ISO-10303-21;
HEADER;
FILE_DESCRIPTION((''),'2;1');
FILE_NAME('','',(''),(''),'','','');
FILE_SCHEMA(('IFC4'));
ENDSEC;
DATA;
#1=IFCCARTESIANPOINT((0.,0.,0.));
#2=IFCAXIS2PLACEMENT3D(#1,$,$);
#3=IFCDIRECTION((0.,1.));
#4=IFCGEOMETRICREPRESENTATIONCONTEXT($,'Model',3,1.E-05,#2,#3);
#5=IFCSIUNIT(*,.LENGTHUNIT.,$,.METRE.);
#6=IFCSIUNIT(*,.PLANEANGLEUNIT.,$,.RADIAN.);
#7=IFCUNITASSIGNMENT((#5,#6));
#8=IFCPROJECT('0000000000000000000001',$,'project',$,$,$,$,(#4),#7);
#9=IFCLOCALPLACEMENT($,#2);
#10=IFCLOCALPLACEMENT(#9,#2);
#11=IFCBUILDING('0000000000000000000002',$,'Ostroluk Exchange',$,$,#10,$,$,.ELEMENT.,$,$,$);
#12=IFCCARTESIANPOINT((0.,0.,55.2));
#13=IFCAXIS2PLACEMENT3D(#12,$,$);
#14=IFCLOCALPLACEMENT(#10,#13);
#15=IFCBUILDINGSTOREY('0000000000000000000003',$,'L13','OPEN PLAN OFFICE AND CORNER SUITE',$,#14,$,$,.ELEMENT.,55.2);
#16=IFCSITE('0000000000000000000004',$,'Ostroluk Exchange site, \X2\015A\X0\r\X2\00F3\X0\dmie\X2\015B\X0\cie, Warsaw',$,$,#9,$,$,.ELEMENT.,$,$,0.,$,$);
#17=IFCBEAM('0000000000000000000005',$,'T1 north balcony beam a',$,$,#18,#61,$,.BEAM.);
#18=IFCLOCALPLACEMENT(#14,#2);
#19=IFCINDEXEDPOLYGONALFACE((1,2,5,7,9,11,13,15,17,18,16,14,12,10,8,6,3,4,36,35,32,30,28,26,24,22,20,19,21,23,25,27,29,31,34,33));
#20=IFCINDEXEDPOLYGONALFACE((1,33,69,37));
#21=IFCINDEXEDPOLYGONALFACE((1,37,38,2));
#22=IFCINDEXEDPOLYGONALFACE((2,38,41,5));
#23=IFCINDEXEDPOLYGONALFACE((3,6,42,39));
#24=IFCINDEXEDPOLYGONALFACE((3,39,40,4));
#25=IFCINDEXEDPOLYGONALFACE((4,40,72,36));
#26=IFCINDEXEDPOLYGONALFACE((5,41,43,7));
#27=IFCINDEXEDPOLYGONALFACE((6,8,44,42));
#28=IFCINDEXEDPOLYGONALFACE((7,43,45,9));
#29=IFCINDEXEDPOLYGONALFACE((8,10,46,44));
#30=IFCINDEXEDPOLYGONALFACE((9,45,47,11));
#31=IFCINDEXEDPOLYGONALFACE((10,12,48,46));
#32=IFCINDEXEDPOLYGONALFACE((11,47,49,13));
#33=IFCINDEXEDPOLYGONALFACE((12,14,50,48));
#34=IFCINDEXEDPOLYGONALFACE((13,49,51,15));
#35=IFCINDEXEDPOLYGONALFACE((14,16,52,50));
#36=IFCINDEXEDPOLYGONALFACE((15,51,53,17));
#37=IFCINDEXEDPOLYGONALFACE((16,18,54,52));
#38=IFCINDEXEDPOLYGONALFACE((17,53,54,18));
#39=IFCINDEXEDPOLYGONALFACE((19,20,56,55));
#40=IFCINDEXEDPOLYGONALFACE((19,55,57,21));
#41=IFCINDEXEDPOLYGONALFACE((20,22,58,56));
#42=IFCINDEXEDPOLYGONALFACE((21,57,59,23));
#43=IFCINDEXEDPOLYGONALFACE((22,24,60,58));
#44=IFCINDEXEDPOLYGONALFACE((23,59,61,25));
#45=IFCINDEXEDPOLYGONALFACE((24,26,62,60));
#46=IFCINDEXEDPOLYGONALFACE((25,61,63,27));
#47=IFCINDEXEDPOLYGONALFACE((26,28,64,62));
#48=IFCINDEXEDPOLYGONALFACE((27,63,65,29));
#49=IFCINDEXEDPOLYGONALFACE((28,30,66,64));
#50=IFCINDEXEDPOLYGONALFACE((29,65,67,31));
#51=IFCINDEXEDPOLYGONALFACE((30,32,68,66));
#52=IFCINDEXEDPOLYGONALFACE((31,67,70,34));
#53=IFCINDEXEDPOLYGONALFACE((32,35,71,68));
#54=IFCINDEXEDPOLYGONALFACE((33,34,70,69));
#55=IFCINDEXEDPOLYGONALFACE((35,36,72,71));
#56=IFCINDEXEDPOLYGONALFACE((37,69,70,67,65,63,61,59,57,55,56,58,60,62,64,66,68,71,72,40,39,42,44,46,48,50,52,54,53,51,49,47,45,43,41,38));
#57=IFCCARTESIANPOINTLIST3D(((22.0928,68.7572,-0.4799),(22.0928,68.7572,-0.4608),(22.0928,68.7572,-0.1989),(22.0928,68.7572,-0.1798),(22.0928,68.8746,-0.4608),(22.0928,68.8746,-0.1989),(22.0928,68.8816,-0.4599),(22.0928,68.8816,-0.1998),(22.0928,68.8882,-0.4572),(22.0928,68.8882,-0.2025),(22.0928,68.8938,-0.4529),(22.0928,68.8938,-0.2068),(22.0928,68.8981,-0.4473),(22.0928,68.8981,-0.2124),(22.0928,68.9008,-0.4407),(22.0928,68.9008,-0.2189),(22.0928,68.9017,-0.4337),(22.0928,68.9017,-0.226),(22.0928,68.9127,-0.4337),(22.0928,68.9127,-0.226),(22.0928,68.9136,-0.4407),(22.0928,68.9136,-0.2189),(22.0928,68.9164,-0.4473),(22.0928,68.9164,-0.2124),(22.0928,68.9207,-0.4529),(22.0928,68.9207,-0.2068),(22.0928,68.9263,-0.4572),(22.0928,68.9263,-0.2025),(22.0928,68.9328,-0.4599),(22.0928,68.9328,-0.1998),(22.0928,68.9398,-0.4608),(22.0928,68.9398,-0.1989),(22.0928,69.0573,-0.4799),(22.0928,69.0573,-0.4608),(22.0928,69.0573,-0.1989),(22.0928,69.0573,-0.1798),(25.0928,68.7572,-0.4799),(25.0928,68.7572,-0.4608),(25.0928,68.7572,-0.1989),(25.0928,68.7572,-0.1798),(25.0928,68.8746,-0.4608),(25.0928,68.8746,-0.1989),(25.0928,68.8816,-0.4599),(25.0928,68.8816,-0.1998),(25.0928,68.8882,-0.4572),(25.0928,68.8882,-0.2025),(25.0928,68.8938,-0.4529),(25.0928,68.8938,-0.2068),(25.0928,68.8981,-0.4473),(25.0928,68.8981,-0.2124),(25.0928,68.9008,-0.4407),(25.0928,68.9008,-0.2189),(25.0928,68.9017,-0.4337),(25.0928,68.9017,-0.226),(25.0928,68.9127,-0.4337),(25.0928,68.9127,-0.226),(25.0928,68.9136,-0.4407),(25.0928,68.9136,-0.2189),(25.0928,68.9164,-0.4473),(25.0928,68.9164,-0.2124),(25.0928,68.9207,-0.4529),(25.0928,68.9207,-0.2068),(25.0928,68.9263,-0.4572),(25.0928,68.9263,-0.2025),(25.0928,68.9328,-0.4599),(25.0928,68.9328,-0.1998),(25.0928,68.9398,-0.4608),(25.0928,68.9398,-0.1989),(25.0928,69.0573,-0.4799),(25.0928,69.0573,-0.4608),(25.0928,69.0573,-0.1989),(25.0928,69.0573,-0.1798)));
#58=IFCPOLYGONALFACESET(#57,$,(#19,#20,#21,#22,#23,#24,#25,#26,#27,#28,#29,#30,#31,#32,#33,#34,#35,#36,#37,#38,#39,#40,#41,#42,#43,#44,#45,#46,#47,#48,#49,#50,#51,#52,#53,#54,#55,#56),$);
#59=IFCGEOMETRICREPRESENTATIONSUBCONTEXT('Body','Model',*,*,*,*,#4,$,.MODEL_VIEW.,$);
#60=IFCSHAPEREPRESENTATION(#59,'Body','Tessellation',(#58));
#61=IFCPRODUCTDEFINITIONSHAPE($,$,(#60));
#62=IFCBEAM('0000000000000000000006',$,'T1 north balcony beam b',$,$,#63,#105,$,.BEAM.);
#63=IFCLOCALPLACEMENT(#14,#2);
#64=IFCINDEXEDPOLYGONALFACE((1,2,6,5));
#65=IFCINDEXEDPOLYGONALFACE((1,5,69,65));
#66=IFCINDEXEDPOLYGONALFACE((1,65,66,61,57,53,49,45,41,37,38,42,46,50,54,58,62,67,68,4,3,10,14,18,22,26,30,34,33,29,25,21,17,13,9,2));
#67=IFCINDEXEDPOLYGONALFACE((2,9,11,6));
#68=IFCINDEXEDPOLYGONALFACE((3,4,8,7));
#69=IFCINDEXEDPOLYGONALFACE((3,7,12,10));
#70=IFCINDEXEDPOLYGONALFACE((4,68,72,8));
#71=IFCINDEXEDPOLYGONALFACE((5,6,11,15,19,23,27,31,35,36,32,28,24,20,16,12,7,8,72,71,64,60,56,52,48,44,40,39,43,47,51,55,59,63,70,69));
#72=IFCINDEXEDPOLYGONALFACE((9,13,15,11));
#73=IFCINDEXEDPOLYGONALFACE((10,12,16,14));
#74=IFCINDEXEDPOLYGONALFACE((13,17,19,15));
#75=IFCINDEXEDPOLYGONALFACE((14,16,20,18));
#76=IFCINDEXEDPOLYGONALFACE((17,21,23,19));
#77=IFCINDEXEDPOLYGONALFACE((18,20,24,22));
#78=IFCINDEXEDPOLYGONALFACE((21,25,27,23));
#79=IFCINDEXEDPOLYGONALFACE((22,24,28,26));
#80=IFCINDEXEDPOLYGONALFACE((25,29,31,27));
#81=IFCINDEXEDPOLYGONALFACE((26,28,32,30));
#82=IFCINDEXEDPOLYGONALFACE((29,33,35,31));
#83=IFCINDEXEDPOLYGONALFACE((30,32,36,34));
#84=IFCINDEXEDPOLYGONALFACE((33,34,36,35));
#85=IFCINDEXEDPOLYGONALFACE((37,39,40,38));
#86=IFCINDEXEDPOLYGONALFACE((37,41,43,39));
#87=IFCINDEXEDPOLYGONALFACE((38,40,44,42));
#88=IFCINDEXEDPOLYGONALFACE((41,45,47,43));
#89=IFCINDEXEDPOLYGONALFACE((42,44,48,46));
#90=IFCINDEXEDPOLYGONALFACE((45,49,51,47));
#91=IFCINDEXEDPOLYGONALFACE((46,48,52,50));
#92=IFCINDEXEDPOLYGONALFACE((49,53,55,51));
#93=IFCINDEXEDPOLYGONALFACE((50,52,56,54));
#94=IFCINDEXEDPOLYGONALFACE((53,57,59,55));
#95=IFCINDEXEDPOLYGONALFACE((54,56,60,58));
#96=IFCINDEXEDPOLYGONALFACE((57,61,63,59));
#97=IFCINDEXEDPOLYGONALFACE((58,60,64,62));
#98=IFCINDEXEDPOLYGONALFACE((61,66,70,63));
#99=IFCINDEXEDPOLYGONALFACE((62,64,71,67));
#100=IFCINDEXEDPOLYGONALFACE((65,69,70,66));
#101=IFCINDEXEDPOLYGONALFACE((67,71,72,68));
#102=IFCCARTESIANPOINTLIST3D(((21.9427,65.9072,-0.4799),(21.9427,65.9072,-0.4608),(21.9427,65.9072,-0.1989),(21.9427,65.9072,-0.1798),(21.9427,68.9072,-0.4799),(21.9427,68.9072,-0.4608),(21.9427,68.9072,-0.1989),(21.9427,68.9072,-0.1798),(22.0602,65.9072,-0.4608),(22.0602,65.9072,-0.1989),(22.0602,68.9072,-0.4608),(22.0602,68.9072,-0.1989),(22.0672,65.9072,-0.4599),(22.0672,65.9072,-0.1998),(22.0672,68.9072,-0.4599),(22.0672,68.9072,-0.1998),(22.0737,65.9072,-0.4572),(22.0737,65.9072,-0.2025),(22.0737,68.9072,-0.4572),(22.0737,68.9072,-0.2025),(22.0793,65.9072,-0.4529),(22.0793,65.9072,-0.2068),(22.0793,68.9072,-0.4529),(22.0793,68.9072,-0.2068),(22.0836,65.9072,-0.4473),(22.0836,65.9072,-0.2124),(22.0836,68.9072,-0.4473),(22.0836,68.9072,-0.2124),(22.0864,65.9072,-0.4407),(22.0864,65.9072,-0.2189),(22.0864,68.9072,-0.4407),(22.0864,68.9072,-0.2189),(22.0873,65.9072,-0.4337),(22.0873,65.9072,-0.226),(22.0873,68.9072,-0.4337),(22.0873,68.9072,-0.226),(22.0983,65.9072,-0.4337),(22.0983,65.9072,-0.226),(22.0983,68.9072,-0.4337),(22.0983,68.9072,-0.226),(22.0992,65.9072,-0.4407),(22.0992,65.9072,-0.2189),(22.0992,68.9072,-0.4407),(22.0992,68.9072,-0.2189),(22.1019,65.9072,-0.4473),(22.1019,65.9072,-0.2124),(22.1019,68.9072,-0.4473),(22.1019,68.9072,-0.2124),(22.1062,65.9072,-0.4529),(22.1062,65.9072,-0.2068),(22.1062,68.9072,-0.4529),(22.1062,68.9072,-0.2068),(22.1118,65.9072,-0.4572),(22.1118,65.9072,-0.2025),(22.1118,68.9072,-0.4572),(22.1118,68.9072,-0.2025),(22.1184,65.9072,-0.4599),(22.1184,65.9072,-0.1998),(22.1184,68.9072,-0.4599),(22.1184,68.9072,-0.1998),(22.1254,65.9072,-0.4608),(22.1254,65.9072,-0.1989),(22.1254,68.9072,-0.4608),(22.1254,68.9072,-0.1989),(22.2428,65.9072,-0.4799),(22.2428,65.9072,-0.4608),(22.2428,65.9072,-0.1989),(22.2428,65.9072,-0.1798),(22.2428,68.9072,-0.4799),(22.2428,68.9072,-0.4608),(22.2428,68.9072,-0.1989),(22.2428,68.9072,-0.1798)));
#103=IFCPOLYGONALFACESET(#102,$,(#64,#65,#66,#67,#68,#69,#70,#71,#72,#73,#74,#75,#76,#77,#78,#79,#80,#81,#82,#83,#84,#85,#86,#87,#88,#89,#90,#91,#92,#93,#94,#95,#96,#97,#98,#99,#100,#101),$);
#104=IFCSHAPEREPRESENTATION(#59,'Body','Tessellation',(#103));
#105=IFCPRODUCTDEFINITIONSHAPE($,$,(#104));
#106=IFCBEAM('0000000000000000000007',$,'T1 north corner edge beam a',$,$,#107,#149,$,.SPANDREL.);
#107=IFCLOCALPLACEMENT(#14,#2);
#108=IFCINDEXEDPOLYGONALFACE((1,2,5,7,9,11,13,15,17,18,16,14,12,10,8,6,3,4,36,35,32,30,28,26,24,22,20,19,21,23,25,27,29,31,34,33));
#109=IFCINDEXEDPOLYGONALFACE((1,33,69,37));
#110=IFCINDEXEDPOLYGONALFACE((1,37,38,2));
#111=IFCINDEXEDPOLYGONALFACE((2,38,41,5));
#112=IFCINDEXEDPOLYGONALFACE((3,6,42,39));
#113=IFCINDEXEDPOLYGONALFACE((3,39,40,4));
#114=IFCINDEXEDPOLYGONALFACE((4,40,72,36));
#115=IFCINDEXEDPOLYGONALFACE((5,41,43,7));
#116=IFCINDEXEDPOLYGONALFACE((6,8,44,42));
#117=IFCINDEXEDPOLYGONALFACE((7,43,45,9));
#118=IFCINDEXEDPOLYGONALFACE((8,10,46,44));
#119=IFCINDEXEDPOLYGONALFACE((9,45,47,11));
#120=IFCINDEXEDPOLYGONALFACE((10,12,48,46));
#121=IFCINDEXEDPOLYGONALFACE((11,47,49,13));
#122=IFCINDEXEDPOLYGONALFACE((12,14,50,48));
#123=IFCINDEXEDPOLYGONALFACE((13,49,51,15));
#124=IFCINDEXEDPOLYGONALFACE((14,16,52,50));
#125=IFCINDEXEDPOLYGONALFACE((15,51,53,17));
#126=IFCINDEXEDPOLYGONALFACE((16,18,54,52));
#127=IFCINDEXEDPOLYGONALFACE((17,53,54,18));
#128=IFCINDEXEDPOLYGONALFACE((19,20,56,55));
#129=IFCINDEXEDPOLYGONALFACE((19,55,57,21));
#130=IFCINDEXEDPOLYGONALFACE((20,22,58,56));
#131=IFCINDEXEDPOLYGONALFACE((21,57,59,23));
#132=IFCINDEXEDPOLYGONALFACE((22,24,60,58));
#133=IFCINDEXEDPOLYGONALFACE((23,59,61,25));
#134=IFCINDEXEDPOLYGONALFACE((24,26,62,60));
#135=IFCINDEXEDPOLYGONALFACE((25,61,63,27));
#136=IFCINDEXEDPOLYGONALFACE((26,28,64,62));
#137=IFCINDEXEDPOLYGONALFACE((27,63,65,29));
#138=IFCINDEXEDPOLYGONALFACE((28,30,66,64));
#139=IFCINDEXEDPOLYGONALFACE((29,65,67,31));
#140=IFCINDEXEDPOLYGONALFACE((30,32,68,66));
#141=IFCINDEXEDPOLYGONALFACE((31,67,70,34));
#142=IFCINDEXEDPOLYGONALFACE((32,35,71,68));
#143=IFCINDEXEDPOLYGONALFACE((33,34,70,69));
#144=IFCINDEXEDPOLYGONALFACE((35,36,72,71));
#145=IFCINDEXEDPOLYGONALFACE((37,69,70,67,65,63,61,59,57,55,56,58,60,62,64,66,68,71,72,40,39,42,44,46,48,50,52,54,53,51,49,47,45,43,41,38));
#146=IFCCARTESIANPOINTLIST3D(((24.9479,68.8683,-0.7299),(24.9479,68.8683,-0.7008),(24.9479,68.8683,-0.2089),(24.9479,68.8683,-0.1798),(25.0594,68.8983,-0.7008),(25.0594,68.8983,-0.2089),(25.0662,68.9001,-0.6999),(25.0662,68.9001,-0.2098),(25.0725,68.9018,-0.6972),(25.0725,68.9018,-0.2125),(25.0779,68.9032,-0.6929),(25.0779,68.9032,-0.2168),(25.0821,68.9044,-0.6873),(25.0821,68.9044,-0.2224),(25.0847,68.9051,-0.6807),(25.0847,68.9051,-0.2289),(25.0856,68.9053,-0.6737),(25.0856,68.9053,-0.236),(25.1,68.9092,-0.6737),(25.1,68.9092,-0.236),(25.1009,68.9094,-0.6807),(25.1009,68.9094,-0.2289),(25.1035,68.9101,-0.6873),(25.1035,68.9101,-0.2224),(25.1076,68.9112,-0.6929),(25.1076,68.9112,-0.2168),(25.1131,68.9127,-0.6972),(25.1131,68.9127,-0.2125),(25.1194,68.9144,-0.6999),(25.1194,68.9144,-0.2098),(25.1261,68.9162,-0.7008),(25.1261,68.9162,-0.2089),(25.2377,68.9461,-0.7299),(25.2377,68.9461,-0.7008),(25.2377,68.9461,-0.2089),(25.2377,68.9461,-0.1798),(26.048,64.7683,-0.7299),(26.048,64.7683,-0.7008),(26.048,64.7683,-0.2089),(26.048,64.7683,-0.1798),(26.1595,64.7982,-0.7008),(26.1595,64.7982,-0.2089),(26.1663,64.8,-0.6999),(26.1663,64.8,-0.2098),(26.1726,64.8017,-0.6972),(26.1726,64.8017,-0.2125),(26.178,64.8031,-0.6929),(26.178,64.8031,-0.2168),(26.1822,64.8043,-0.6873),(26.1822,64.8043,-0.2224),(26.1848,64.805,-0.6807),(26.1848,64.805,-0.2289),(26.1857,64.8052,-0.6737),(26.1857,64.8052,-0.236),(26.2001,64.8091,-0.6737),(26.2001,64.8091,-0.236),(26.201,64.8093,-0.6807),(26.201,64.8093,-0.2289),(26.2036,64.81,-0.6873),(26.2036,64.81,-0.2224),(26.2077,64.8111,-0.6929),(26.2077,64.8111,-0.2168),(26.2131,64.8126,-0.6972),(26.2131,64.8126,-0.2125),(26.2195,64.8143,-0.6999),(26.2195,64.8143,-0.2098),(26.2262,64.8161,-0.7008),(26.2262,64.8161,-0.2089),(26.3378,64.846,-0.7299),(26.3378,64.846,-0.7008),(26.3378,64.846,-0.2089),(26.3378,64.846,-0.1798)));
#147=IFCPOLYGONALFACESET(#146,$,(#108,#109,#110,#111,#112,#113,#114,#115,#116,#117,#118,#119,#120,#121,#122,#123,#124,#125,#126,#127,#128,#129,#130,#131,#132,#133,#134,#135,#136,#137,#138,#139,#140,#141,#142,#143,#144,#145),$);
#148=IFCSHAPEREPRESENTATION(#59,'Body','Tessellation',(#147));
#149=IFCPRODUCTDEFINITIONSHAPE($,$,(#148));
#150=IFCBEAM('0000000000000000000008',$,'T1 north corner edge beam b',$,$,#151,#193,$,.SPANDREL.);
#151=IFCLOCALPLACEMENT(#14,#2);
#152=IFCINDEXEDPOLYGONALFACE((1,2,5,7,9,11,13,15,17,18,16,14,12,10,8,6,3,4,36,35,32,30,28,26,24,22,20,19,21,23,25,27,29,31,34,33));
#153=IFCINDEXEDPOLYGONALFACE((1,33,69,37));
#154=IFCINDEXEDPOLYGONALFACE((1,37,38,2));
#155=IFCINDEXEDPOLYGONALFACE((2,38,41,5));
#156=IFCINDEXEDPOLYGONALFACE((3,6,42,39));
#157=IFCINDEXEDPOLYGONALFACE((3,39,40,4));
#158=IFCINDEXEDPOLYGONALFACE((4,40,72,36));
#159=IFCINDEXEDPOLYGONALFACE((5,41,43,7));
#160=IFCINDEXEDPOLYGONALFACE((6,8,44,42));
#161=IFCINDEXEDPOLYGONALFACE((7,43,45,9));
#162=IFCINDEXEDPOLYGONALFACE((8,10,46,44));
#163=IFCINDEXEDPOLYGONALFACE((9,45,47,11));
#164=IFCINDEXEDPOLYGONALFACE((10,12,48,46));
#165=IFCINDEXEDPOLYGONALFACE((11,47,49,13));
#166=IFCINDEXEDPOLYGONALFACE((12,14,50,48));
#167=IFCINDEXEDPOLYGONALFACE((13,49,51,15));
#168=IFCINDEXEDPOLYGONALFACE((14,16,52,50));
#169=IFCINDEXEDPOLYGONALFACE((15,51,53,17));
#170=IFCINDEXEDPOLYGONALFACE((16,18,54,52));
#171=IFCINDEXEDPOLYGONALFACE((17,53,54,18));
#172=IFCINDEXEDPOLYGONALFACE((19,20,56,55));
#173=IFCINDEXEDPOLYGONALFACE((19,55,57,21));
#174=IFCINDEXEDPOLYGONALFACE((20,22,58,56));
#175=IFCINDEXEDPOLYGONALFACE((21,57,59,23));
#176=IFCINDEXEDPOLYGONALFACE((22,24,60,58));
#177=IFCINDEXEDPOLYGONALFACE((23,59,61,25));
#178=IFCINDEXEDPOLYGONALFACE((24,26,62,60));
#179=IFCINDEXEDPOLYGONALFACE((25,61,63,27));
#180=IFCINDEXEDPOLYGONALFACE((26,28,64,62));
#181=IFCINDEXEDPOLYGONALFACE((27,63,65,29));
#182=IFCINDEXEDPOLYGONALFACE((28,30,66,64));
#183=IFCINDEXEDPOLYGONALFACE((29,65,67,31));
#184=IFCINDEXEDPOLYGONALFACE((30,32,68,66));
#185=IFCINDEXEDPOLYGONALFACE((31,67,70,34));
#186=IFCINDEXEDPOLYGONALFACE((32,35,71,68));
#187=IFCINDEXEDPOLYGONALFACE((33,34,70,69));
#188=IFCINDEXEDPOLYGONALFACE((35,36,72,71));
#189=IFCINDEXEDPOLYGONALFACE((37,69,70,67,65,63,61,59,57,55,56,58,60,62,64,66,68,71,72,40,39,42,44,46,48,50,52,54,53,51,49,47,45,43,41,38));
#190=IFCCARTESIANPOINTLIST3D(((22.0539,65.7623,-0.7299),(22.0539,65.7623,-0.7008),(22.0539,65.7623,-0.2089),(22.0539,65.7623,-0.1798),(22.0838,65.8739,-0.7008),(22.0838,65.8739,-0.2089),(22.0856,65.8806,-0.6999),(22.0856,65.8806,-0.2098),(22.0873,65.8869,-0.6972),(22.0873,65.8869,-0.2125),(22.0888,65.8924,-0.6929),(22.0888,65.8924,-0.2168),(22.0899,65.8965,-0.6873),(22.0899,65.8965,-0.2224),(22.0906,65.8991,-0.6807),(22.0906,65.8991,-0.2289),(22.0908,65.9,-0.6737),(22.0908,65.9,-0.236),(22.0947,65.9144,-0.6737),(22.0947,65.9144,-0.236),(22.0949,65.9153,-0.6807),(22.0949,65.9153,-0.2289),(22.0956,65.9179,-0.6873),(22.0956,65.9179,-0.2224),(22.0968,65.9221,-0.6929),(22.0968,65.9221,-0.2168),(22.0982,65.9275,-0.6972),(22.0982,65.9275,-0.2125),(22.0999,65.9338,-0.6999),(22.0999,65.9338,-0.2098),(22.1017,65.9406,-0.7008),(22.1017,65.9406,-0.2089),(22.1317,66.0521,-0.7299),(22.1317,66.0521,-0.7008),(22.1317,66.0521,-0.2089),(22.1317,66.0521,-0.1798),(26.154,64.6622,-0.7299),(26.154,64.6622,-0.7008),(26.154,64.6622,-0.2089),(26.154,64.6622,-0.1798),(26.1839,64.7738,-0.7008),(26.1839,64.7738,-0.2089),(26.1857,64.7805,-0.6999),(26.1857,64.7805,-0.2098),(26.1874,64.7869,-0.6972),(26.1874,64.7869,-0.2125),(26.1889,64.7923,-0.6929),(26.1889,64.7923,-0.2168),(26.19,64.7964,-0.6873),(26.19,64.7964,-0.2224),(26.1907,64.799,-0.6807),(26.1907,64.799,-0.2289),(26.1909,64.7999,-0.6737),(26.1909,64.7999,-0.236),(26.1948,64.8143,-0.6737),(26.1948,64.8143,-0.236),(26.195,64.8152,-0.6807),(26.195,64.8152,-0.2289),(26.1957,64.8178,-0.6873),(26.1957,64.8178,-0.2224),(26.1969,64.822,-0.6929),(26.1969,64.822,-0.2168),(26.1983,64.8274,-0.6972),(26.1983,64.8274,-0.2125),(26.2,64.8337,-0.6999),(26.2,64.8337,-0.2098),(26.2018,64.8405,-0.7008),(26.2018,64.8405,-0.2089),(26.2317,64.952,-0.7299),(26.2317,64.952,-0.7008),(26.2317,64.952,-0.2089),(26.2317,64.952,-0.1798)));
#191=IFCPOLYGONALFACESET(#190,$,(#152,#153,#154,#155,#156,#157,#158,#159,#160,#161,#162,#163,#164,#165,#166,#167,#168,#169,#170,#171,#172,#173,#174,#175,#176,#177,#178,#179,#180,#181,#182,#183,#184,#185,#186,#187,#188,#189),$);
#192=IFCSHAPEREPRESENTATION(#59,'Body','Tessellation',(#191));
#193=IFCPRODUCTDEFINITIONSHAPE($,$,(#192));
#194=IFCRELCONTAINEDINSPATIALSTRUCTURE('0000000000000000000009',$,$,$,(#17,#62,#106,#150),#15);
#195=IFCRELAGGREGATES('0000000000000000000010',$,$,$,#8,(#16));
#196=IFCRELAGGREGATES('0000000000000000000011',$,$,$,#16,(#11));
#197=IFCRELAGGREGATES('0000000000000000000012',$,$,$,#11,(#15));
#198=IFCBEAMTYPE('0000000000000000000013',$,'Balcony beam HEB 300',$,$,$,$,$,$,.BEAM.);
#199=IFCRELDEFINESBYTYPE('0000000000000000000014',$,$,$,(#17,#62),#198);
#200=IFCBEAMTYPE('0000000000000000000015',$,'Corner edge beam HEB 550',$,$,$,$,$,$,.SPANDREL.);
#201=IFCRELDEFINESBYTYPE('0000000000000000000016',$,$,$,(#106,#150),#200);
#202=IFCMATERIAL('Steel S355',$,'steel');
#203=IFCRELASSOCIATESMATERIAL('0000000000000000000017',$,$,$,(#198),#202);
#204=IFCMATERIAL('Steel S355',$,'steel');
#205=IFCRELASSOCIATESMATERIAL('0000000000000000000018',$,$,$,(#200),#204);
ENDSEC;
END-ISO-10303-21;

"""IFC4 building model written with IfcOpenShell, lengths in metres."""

from ifc_helpers import new_model, si_unit, direction, frame, origin, origin_2d, place, context, subcontext, project, spatial, i_section, extrude, material, material_profile, profile_set, type_object, element, save


model = new_model("IFC4")

# Units and contexts
model_context = context("Model", 3, precision=1e-05, world=origin(), true_north=direction((0.0, 1.0)))
body_context = subcontext(model_context, "Body", "Model", "MODEL_VIEW")
ifc_project = project(units=[si_unit("LENGTHUNIT", "METRE"), si_unit("PLANEANGLEUNIT", "RADIAN")], contexts=[model_context])

# Site, building, storey
site_placement = place(None, origin())
site = spatial("IfcSite", under=ifc_project, at=site_placement, Name="Ostroluk Exchange site, Śródmieście, Warsaw", CompositionType="ELEMENT", RefElevation=0.0)
building_placement = place(site_placement, origin())
building = spatial("IfcBuilding", under=site, at=building_placement, Name="Ostroluk Exchange", CompositionType="ELEMENT")
storey_placement = place(building_placement, frame((0.0, 0.0, 55.2)))
storey = spatial("IfcBuildingStorey", under=building, at=storey_placement, Name="L13", Description="OPEN PLAN OFFICE AND CORNER SUITE", CompositionType="ELEMENT", Elevation=55.2)

# Beams
ifc_material_1 = material(Name="Steel S355", Category="steel")
ifc_material_profile_1 = material_profile(ifc_material_1, i_section(OverallWidth=0.3, OverallDepth=0.3, WebThickness=0.011, FlangeThickness=0.019, FilletRadius=0.0271, at=origin_2d()), Name="HEB 300")
ifc_profile_set_1 = profile_set([ifc_material_profile_1], Name="Steel S355")
beam_type_1 = type_object("IfcBeamType", Name="Balcony beam HEB 300", PredefinedType="BEAM", material=ifc_profile_set_1)
for number, where, z_axis, x_axis, name in (
    (1, (25.0928, 68.9072, -0.3298), (-1.0, 0.0, 0.0), (0.0, -1.0, 0.0), "T1 north balcony beam a"),
    (2, (22.0928, 65.9072, -0.3298), (0.0, 1.0, 0.0), (-1.0, 0.0, 0.0), "T1 north balcony beam b"),
):
    element("IfcBeam", number, at=place(storey_placement, frame(where, z_axis=z_axis, x_axis=x_axis)), inside=storey, type_object=beam_type_1, Name=name, PredefinedType="BEAM", context=body_context, shape_type="SweptSolid", body=[
        extrude(i_section(OverallWidth=0.3, OverallDepth=0.3, WebThickness=0.011, FlangeThickness=0.019, FilletRadius=0.0271, at=origin_2d()), origin(), (0.0, 0.0, 1.0), 3.0),
    ])
ifc_material_2 = material(Name="Steel S355", Category="steel")
ifc_material_profile_2 = material_profile(ifc_material_2, i_section(OverallWidth=0.3, OverallDepth=0.55, WebThickness=0.0149, FlangeThickness=0.0291, FilletRadius=0.0271, at=origin_2d()), Name="HEB 550")
ifc_profile_set_2 = profile_set([ifc_material_profile_2], Name="Steel S355")
beam_type_2 = type_object("IfcBeamType", Name="Corner edge beam HEB 550", PredefinedType="SPANDREL", material=ifc_profile_set_2)
for number, where, z_axis, x_axis, name in (
    (3, (26.1929, 64.8071, -0.4548), (-0.259144, 0.965839, 0.0), (-0.965839, -0.259144, 0.0), "T1 north corner edge beam a"),
    (4, (26.1929, 64.8071, -0.4548), (-0.965839, 0.259144, 0.0), (-0.259144, -0.965839, 0.0), "T1 north corner edge beam b"),
):
    element("IfcBeam", number, at=place(storey_placement, frame(where, z_axis=z_axis, x_axis=x_axis)), inside=storey, type_object=beam_type_2, Name=name, PredefinedType="SPANDREL", context=body_context, shape_type="SweptSolid", body=[
        extrude(i_section(OverallWidth=0.3, OverallDepth=0.55, WebThickness=0.0149, FlangeThickness=0.0291, FilletRadius=0.0271, at=origin_2d()), origin(), (0.0, 0.0, 1.0), 4.2451),
    ])

save(model, "model.ifc")
